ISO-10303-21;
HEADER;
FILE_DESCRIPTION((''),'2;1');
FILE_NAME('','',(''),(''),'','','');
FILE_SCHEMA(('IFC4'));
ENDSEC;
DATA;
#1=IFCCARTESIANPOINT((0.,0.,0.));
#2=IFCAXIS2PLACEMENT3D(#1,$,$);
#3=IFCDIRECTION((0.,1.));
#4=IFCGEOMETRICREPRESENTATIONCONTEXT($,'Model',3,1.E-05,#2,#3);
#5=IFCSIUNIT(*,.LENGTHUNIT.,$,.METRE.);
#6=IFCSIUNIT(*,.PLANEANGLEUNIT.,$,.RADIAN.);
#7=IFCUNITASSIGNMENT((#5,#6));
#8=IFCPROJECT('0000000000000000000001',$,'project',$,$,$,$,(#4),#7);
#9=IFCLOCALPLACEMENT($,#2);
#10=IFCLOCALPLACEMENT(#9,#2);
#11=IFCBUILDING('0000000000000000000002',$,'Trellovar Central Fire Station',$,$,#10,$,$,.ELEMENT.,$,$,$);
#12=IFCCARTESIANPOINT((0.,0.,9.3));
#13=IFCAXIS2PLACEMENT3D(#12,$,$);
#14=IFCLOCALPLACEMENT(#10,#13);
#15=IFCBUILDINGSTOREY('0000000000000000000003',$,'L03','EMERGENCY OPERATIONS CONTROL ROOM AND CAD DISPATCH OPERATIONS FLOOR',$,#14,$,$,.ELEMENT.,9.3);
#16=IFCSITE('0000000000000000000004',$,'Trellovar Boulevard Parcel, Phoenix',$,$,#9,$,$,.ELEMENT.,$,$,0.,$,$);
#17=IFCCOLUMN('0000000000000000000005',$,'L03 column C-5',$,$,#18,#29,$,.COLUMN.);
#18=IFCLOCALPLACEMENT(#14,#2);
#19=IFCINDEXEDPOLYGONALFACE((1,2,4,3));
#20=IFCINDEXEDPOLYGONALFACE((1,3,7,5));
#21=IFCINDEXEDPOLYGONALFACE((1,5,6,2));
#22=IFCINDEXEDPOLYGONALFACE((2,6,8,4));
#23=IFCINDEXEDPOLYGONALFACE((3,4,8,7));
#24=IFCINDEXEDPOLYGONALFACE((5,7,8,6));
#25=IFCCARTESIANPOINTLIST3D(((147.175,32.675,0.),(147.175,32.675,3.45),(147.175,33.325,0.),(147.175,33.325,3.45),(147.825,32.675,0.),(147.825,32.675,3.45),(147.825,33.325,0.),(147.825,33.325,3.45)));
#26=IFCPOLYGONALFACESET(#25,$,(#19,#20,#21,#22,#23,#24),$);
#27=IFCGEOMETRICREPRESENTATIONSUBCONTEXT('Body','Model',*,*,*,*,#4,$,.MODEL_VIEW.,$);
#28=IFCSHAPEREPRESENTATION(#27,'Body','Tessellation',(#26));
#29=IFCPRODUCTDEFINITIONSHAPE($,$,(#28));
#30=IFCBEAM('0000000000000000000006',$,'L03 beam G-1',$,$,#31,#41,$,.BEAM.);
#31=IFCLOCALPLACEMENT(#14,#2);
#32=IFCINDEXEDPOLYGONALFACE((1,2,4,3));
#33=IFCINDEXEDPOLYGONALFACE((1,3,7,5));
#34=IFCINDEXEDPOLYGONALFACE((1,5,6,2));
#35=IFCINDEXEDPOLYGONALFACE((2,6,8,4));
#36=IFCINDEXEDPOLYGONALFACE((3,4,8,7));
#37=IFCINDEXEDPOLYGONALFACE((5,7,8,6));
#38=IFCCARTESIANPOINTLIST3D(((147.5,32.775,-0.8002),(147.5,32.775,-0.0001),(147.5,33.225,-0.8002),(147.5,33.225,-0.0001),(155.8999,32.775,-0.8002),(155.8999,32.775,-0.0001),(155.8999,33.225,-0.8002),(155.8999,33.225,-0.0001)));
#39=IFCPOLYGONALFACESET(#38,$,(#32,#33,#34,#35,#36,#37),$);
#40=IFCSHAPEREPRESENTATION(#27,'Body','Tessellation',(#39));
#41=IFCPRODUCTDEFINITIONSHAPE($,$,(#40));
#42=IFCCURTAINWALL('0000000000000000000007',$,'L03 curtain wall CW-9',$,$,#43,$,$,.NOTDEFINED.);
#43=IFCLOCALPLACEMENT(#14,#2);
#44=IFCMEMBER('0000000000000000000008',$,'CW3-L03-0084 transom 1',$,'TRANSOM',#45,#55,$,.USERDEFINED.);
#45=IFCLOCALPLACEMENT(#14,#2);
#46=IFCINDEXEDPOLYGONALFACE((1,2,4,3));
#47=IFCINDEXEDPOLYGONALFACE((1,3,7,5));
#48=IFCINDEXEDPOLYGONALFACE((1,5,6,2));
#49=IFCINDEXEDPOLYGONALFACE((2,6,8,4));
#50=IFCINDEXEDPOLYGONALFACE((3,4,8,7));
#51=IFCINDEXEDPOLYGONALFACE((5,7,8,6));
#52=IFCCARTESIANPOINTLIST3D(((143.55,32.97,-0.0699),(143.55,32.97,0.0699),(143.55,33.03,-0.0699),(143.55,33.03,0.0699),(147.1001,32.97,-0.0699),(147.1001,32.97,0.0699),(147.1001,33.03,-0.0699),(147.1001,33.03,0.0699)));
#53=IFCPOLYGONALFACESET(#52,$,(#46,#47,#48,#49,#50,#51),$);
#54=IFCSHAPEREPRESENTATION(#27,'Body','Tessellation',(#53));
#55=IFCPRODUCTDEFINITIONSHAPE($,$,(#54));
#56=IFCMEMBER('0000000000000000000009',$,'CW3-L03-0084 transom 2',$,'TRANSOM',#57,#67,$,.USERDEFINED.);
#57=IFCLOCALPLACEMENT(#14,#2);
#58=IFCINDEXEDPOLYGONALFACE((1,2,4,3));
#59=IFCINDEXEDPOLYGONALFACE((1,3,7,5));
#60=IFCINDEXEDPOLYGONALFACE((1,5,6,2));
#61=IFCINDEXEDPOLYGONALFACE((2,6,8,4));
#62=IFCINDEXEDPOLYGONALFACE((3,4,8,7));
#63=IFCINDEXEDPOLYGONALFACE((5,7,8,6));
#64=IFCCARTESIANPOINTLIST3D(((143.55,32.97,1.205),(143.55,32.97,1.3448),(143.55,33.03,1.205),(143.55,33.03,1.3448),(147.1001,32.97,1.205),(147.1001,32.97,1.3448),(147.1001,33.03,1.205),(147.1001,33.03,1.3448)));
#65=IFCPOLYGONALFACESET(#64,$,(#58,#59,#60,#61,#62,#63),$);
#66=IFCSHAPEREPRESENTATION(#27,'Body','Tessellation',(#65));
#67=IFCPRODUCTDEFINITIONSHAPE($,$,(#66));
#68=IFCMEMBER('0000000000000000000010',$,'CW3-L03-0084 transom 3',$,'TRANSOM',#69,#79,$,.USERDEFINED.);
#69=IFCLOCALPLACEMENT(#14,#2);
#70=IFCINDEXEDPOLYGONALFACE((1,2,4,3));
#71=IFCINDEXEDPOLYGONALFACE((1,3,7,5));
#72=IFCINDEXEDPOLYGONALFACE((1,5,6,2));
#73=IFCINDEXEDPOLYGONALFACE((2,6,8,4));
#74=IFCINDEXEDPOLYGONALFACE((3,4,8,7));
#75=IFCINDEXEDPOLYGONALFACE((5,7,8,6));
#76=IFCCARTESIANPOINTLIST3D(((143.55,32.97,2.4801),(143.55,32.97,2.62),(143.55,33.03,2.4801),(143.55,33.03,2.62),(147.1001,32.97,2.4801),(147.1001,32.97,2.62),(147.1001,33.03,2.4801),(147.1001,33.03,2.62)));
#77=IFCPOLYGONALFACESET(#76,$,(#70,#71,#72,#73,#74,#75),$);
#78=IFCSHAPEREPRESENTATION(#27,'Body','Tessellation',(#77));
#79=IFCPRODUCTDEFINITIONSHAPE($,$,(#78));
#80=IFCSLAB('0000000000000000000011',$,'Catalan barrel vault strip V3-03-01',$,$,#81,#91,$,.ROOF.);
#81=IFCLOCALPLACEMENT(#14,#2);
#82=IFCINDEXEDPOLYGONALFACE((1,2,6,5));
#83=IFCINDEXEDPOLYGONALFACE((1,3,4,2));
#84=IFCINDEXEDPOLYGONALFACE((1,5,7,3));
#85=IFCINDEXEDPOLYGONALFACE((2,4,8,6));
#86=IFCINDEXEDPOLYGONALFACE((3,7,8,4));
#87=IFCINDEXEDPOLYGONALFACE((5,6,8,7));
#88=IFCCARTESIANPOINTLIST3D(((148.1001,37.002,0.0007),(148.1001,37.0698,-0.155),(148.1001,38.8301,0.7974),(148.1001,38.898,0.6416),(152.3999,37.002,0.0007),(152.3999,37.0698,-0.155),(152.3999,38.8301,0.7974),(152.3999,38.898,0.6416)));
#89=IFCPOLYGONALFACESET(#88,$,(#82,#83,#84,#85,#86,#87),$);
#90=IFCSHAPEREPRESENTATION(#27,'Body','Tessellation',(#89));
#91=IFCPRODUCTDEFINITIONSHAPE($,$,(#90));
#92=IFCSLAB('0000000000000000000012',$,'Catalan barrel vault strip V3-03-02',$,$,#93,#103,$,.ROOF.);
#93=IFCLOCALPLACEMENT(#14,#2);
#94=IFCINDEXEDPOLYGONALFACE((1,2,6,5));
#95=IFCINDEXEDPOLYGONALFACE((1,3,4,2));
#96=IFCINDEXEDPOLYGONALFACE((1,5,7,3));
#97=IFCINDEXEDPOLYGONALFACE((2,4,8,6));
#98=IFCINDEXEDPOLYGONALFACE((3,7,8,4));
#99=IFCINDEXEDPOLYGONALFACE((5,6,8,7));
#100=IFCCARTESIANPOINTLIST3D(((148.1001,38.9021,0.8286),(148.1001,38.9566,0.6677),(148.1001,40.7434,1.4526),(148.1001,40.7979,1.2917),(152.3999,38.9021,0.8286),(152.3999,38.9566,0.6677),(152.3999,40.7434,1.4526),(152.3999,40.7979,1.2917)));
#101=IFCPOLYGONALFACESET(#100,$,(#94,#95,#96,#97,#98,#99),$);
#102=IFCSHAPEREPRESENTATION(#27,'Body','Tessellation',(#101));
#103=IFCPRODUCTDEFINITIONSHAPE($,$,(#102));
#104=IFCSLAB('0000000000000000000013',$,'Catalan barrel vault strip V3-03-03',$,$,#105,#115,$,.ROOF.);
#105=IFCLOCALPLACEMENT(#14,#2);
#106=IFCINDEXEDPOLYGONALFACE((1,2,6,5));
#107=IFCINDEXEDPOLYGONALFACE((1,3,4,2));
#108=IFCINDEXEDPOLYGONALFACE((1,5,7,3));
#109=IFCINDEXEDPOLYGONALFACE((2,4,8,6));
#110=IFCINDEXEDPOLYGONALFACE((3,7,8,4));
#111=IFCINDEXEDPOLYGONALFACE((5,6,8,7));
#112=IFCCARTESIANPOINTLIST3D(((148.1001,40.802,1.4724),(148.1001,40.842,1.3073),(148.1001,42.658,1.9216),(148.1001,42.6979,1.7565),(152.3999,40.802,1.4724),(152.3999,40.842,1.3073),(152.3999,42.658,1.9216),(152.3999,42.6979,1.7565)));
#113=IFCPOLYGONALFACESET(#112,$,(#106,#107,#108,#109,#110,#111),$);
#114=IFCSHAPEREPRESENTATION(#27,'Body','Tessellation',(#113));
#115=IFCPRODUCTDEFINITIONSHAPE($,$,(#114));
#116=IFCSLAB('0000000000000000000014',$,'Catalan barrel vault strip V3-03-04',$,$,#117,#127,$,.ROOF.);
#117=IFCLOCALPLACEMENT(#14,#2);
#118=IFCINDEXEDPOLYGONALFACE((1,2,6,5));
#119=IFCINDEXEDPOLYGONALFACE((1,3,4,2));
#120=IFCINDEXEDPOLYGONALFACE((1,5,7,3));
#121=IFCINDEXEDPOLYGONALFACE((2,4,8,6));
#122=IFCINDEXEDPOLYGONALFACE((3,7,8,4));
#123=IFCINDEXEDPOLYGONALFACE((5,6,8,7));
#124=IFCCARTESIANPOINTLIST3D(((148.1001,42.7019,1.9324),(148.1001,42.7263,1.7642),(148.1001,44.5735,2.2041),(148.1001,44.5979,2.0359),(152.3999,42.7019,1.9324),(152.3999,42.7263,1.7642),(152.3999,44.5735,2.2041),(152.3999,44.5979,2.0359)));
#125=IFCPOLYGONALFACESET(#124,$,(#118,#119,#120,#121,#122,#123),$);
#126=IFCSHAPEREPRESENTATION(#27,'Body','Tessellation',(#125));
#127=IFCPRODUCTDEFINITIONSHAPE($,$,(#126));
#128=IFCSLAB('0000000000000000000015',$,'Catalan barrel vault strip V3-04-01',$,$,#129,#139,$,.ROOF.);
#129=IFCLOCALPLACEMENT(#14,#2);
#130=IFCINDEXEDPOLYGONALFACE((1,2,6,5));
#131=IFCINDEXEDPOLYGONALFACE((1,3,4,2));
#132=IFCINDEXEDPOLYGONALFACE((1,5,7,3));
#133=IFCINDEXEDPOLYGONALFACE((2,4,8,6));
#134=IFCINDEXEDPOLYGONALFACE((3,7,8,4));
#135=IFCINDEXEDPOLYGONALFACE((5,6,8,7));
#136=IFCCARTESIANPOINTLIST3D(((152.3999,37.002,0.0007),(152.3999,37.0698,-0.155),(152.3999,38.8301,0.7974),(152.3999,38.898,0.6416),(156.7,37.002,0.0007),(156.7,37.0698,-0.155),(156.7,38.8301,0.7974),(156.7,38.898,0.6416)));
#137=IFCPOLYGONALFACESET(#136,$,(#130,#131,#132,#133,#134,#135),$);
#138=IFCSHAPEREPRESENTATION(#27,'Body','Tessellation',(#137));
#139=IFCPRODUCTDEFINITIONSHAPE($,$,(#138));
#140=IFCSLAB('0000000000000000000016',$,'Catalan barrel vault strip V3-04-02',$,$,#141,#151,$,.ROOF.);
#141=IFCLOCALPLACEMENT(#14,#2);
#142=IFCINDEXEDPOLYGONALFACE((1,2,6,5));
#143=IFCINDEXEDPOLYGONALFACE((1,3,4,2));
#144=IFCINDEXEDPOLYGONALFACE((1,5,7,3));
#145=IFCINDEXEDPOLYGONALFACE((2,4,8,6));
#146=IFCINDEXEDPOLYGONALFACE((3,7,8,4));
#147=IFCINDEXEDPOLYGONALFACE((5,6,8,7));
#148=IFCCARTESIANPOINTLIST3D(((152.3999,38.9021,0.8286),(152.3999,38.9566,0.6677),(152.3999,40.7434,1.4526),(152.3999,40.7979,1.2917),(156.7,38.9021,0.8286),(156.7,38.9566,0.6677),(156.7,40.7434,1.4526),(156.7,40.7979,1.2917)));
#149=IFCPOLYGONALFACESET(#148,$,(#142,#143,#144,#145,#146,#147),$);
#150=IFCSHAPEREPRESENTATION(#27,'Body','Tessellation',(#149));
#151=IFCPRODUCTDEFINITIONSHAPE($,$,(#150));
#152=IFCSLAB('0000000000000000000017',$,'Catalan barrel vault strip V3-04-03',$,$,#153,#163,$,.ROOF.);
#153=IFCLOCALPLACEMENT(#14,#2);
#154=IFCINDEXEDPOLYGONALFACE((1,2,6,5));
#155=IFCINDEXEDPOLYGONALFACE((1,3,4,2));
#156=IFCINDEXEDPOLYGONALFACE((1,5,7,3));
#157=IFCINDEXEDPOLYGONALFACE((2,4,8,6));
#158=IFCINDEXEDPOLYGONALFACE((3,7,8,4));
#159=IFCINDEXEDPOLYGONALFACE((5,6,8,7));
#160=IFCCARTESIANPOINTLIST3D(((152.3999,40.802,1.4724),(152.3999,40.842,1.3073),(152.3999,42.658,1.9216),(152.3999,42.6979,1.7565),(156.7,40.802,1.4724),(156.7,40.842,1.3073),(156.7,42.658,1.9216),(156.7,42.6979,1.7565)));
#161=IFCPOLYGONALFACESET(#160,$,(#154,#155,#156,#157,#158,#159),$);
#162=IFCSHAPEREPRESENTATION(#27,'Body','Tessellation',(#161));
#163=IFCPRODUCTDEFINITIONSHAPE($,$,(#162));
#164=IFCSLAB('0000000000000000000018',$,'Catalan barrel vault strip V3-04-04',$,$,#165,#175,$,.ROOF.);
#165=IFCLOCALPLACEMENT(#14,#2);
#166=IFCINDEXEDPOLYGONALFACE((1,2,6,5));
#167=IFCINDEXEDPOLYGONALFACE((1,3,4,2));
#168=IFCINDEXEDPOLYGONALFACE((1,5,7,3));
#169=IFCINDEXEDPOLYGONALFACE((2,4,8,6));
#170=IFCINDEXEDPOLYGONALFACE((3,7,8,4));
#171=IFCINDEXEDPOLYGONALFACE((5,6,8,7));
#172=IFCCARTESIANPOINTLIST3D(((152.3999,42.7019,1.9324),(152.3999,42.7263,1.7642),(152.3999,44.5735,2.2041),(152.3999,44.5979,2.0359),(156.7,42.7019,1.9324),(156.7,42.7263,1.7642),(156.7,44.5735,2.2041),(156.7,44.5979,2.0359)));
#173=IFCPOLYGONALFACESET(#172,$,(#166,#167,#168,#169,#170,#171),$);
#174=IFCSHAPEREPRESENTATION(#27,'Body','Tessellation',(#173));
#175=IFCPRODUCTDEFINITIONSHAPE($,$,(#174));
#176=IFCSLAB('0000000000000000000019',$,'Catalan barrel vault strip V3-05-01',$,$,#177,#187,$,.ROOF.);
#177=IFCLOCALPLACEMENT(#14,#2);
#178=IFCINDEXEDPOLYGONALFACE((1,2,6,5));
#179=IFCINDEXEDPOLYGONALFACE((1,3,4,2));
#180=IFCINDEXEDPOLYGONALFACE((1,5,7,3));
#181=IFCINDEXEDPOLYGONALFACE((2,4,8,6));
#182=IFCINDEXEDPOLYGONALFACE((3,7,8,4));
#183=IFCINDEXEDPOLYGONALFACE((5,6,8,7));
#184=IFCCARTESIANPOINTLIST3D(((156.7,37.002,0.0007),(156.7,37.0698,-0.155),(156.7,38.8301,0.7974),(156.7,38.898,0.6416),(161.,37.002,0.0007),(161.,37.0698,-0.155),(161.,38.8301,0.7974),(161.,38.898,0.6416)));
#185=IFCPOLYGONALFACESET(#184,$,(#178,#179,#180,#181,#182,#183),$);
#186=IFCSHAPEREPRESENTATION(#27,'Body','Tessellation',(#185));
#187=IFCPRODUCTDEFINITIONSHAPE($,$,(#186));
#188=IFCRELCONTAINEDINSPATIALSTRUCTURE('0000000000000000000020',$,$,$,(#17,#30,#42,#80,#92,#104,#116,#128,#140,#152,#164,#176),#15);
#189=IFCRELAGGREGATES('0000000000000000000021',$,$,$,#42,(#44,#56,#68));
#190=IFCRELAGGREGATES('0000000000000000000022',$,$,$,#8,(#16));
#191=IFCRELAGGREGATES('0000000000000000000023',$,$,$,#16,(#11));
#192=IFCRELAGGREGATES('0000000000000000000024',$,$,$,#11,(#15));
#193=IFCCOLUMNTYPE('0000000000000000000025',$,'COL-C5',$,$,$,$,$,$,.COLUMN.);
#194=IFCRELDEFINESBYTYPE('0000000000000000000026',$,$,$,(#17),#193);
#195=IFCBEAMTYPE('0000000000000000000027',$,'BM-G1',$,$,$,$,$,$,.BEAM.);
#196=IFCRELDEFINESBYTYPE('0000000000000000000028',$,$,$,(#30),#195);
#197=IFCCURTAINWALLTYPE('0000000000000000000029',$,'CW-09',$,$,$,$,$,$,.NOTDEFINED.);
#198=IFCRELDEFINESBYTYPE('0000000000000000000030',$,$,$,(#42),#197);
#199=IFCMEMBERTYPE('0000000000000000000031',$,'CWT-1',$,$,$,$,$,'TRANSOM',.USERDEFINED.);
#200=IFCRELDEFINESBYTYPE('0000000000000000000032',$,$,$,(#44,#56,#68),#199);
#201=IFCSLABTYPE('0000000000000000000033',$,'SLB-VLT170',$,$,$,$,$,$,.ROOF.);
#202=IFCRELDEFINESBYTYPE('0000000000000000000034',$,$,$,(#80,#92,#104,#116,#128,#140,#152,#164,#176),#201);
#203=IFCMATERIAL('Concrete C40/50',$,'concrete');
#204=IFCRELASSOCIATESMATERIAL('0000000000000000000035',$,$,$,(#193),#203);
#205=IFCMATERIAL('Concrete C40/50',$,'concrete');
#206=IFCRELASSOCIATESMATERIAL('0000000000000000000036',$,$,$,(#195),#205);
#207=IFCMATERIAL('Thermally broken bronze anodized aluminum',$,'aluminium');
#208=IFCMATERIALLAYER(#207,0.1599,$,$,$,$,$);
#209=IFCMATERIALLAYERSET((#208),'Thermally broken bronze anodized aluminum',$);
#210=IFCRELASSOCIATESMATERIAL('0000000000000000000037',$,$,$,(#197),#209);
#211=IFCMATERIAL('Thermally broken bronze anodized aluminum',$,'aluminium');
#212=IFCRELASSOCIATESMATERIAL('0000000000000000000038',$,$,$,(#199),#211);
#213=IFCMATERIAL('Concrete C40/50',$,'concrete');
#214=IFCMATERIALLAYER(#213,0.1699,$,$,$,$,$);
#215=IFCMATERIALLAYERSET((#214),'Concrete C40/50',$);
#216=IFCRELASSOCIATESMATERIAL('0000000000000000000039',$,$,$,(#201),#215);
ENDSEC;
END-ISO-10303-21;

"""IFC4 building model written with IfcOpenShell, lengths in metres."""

from ifc_helpers import new_model, si_unit, direction, frame, origin, origin_2d, place, context, subcontext, project, spatial, polyline, rectangle, outline, extrude, material, layer, layer_set, material_profile, profile_set, type_object, element, aggregate, save


model = new_model("IFC4")

# Units and contexts
model_context = context("Model", 3, precision=1e-05, world=origin(), true_north=direction((0.0, 1.0)))
body_context = subcontext(model_context, "Body", "Model", "MODEL_VIEW")
ifc_project = project(units=[si_unit("LENGTHUNIT", "METRE"), si_unit("PLANEANGLEUNIT", "RADIAN")], contexts=[model_context])

# Site, building, storey
site_placement = place(None, origin())
site = spatial("IfcSite", under=ifc_project, at=site_placement, Name="Trellovar Boulevard Parcel, Phoenix", CompositionType="ELEMENT", RefElevation=0.0)
building_placement = place(site_placement, origin())
building = spatial("IfcBuilding", under=site, at=building_placement, Name="Trellovar Central Fire Station", CompositionType="ELEMENT")
storey_placement = place(building_placement, frame((0.0, 0.0, 9.3)))
storey = spatial("IfcBuildingStorey", under=building, at=storey_placement, Name="L03", Description="EMERGENCY OPERATIONS CONTROL ROOM AND CAD DISPATCH OPERATIONS FLOOR", CompositionType="ELEMENT", Elevation=9.3)

# Column
ifc_material_1 = material(Name="Concrete C40/50", Category="concrete")
ifc_material_profile_1 = material_profile(ifc_material_1, rectangle(XDim=0.6499, YDim=0.6499, at=origin_2d()), Name="RC650X650")
ifc_profile_set_1 = profile_set([ifc_material_profile_1], Name="Concrete C40/50")
column_type = type_object("IfcColumnType", Name="COL-C5", PredefinedType="COLUMN", material=ifc_profile_set_1)
column_placement = place(storey_placement, frame((147.5, 33.0, 0.0), z_axis=(0.0, 0.0, 1.0), x_axis=(1.0, 0.0, 0.0)))
element("IfcColumn", 1, at=column_placement, inside=storey, type_object=column_type, Name="L03 column C-5", PredefinedType="COLUMN", context=body_context, shape_type="SweptSolid", body=[
    extrude(rectangle(XDim=0.6499, YDim=0.6499, at=origin_2d()), origin(), (0.0, 0.0, 1.0), 3.45),
])

# Beam
ifc_material_2 = material(Name="Concrete C40/50", Category="concrete")
ifc_material_profile_2 = material_profile(ifc_material_2, rectangle(XDim=0.45, YDim=0.8, at=origin_2d()), Name="RC450X800")
ifc_profile_set_2 = profile_set([ifc_material_profile_2], Name="Concrete C40/50")
beam_type = type_object("IfcBeamType", Name="BM-G1", PredefinedType="BEAM", material=ifc_profile_set_2)
beam_placement = place(storey_placement, frame((147.5, 33.0, -0.4001), z_axis=(1.0, 0.0, 0.0), x_axis=(0.0, 1.0, 0.0)))
element("IfcBeam", 2, at=beam_placement, inside=storey, type_object=beam_type, Name="L03 beam G-1", PredefinedType="BEAM", context=body_context, shape_type="SweptSolid", body=[
    extrude(rectangle(XDim=0.45, YDim=0.8, at=origin_2d()), origin(), (0.0, 0.0, 1.0), 8.3999),
])

# Curtain wall, members
ifc_material_3 = material(Name="Thermally broken bronze anodized aluminum", Category="aluminium")
ifc_layer_1 = layer(ifc_material_3, 0.1599)
ifc_layer_set_1 = layer_set([ifc_layer_1], Name="Thermally broken bronze anodized aluminum")
curtain_wall_type = type_object("IfcCurtainWallType", Name="CW-09", PredefinedType="NOTDEFINED", material=ifc_layer_set_1)
curtain_wall_placement = place(storey_placement, origin())
curtain_wall = element("IfcCurtainWall", 3, at=curtain_wall_placement, inside=storey, type_object=curtain_wall_type, Name="L03 curtain wall CW-9", PredefinedType="NOTDEFINED")
ifc_material_4 = material(Name="Thermally broken bronze anodized aluminum", Category="aluminium")
ifc_material_profile_3 = material_profile(ifc_material_4, rectangle(XDim=0.0601, YDim=0.1399, at=origin_2d()), Name="ALU60X140")
ifc_profile_set_3 = profile_set([ifc_material_profile_3], Name="Thermally broken bronze anodized aluminum")
member_type = type_object("IfcMemberType", Name="CWT-1", ElementType="TRANSOM", PredefinedType="USERDEFINED", material=ifc_profile_set_3)
member_1_placement = place(storey_placement, frame((147.1001, 33.0, 0.0), z_axis=(-1.0, 0.0, 0.0), x_axis=(0.0, -1.0, 0.0)))
member_1 = element("IfcMember", 4, at=member_1_placement, type_object=member_type, Name="CW3-L03-0084 transom 1", ObjectType="TRANSOM", PredefinedType="USERDEFINED", context=body_context, shape_type="SweptSolid", body=[
    extrude(rectangle(XDim=0.0601, YDim=0.1399, at=origin_2d()), origin(), (0.0, 0.0, 1.0), 3.55),
])
member_2_placement = place(storey_placement, frame((147.1001, 33.0, 1.2749), z_axis=(-1.0, 0.0, 0.0), x_axis=(0.0, -1.0, 0.0)))
member_2 = element("IfcMember", 5, at=member_2_placement, type_object=member_type, Name="CW3-L03-0084 transom 2", ObjectType="TRANSOM", PredefinedType="USERDEFINED", context=body_context, shape_type="SweptSolid", body=[
    extrude(rectangle(XDim=0.0601, YDim=0.1399, at=origin_2d()), origin(), (0.0, 0.0, 1.0), 3.55),
])
member_3_placement = place(storey_placement, frame((147.1001, 33.0, 2.55), z_axis=(-1.0, 0.0, 0.0), x_axis=(0.0, -1.0, 0.0)))
member_3 = element("IfcMember", 6, at=member_3_placement, type_object=member_type, Name="CW3-L03-0084 transom 3", ObjectType="TRANSOM", PredefinedType="USERDEFINED", context=body_context, shape_type="SweptSolid", body=[
    extrude(rectangle(XDim=0.0601, YDim=0.1399, at=origin_2d()), origin(), (0.0, 0.0, 1.0), 3.55),
])
aggregate(curtain_wall, [member_1, member_2, member_3])

# Slabs
ifc_material_5 = material(Name="Concrete C40/50", Category="concrete")
ifc_layer_2 = layer(ifc_material_5, 0.1699)
ifc_layer_set_2 = layer_set([ifc_layer_2], Name="Concrete C40/50")
slab_type = type_object("IfcSlabType", Name="SLB-VLT170", PredefinedType="ROOF", material=ifc_layer_set_2)
slab_1_placement = place(storey_placement, frame((148.1001, 37.002, 0.0007), z_axis=(0.0, -0.399483, 0.916741), x_axis=(1.0, 0.0, 0.0)))
element("IfcSlab", 7, at=slab_1_placement, inside=storey, type_object=slab_type, Name="Catalan barrel vault strip V3-03-01", PredefinedType="ROOF", context=body_context, shape_type="SweptSolid", body=[
    extrude(outline(polyline([(0.0, 0.0), (4.2998, 0.0), (4.2998, 1.9942), (0.0, 1.9942), (0.0, 0.0)])), origin(), (0.0, 0.0, -1.0), 0.1699),
])
slab_2_placement = place(storey_placement, frame((148.1001, 38.9021, 0.8286), z_axis=(0.0, -0.320971, 0.947089), x_axis=(1.0, 0.0, 0.0)))
element("IfcSlab", 8, at=slab_2_placement, inside=storey, type_object=slab_type, Name="Catalan barrel vault strip V3-03-02", PredefinedType="ROOF", context=body_context, shape_type="SweptSolid", body=[
    extrude(outline(polyline([(0.0, 0.0), (4.2998, 0.0), (4.2998, 1.9442), (0.0, 1.9442), (0.0, 0.0)])), origin(), (0.0, 0.0, -1.0), 0.1699),
])
slab_3_placement = place(storey_placement, frame((148.1001, 40.802, 1.4724), z_axis=(0.0, -0.235249, 0.971935), x_axis=(1.0, 0.0, 0.0)))
element("IfcSlab", 9, at=slab_3_placement, inside=storey, type_object=slab_type, Name="Catalan barrel vault strip V3-03-03", PredefinedType="ROOF", context=body_context, shape_type="SweptSolid", body=[
    extrude(outline(polyline([(0.0, 0.0), (4.2998, 0.0), (4.2998, 1.9095), (0.0, 1.9095), (0.0, 0.0)])), origin(), (0.0, 0.0, -1.0), 0.1699),
])
slab_4_placement = place(storey_placement, frame((148.1001, 42.7019, 1.9324), z_axis=(0.0, -0.14368, 0.989624), x_axis=(1.0, 0.0, 0.0)))
element("IfcSlab", 10, at=slab_4_placement, inside=storey, type_object=slab_type, Name="Catalan barrel vault strip V3-03-04", PredefinedType="ROOF", context=body_context, shape_type="SweptSolid", body=[
    extrude(outline(polyline([(0.0, 0.0), (4.2998, 0.0), (4.2998, 1.8912), (0.0, 1.8912), (0.0, 0.0)])), origin(), (0.0, 0.0, -1.0), 0.1699),
])
slab_5_placement = place(storey_placement, frame((152.3999, 37.002, 0.0007), z_axis=(0.0, -0.399483, 0.916741), x_axis=(1.0, 0.0, 0.0)))
element("IfcSlab", 11, at=slab_5_placement, inside=storey, type_object=slab_type, Name="Catalan barrel vault strip V3-04-01", PredefinedType="ROOF", context=body_context, shape_type="SweptSolid", body=[
    extrude(outline(polyline([(0.0, 0.0), (4.3, 0.0), (4.3, 1.9942), (0.0, 1.9942), (0.0, 0.0)])), origin(), (0.0, 0.0, -1.0), 0.1699),
])
slab_6_placement = place(storey_placement, frame((152.3999, 38.9021, 0.8286), z_axis=(0.0, -0.320971, 0.947089), x_axis=(1.0, 0.0, 0.0)))
element("IfcSlab", 12, at=slab_6_placement, inside=storey, type_object=slab_type, Name="Catalan barrel vault strip V3-04-02", PredefinedType="ROOF", context=body_context, shape_type="SweptSolid", body=[
    extrude(outline(polyline([(0.0, 0.0), (4.3, 0.0), (4.3, 1.9442), (0.0, 1.9442), (0.0, 0.0)])), origin(), (0.0, 0.0, -1.0), 0.1699),
])
slab_7_placement = place(storey_placement, frame((152.3999, 40.802, 1.4724), z_axis=(0.0, -0.235249, 0.971935), x_axis=(1.0, 0.0, 0.0)))
element("IfcSlab", 13, at=slab_7_placement, inside=storey, type_object=slab_type, Name="Catalan barrel vault strip V3-04-03", PredefinedType="ROOF", context=body_context, shape_type="SweptSolid", body=[
    extrude(outline(polyline([(0.0, 0.0), (4.3, 0.0), (4.3, 1.9095), (0.0, 1.9095), (0.0, 0.0)])), origin(), (0.0, 0.0, -1.0), 0.1699),
])
slab_8_placement = place(storey_placement, frame((152.3999, 42.7019, 1.9324), z_axis=(0.0, -0.14368, 0.989624), x_axis=(1.0, 0.0, 0.0)))
element("IfcSlab", 14, at=slab_8_placement, inside=storey, type_object=slab_type, Name="Catalan barrel vault strip V3-04-04", PredefinedType="ROOF", context=body_context, shape_type="SweptSolid", body=[
    extrude(outline(polyline([(0.0, 0.0), (4.3, 0.0), (4.3, 1.8912), (0.0, 1.8912), (0.0, 0.0)])), origin(), (0.0, 0.0, -1.0), 0.1699),
])
slab_9_placement = place(storey_placement, frame((156.7, 37.002, 0.0007), z_axis=(0.0, -0.399483, 0.916741), x_axis=(1.0, 0.0, 0.0)))
element("IfcSlab", 15, at=slab_9_placement, inside=storey, type_object=slab_type, Name="Catalan barrel vault strip V3-05-01", PredefinedType="ROOF", context=body_context, shape_type="SweptSolid", body=[
    extrude(outline(polyline([(0.0, 0.0), (4.3, 0.0), (4.3, 1.9942), (0.0, 1.9942), (0.0, 0.0)])), origin(), (0.0, 0.0, -1.0), 0.1699),
])

save(model, "model.ifc")
